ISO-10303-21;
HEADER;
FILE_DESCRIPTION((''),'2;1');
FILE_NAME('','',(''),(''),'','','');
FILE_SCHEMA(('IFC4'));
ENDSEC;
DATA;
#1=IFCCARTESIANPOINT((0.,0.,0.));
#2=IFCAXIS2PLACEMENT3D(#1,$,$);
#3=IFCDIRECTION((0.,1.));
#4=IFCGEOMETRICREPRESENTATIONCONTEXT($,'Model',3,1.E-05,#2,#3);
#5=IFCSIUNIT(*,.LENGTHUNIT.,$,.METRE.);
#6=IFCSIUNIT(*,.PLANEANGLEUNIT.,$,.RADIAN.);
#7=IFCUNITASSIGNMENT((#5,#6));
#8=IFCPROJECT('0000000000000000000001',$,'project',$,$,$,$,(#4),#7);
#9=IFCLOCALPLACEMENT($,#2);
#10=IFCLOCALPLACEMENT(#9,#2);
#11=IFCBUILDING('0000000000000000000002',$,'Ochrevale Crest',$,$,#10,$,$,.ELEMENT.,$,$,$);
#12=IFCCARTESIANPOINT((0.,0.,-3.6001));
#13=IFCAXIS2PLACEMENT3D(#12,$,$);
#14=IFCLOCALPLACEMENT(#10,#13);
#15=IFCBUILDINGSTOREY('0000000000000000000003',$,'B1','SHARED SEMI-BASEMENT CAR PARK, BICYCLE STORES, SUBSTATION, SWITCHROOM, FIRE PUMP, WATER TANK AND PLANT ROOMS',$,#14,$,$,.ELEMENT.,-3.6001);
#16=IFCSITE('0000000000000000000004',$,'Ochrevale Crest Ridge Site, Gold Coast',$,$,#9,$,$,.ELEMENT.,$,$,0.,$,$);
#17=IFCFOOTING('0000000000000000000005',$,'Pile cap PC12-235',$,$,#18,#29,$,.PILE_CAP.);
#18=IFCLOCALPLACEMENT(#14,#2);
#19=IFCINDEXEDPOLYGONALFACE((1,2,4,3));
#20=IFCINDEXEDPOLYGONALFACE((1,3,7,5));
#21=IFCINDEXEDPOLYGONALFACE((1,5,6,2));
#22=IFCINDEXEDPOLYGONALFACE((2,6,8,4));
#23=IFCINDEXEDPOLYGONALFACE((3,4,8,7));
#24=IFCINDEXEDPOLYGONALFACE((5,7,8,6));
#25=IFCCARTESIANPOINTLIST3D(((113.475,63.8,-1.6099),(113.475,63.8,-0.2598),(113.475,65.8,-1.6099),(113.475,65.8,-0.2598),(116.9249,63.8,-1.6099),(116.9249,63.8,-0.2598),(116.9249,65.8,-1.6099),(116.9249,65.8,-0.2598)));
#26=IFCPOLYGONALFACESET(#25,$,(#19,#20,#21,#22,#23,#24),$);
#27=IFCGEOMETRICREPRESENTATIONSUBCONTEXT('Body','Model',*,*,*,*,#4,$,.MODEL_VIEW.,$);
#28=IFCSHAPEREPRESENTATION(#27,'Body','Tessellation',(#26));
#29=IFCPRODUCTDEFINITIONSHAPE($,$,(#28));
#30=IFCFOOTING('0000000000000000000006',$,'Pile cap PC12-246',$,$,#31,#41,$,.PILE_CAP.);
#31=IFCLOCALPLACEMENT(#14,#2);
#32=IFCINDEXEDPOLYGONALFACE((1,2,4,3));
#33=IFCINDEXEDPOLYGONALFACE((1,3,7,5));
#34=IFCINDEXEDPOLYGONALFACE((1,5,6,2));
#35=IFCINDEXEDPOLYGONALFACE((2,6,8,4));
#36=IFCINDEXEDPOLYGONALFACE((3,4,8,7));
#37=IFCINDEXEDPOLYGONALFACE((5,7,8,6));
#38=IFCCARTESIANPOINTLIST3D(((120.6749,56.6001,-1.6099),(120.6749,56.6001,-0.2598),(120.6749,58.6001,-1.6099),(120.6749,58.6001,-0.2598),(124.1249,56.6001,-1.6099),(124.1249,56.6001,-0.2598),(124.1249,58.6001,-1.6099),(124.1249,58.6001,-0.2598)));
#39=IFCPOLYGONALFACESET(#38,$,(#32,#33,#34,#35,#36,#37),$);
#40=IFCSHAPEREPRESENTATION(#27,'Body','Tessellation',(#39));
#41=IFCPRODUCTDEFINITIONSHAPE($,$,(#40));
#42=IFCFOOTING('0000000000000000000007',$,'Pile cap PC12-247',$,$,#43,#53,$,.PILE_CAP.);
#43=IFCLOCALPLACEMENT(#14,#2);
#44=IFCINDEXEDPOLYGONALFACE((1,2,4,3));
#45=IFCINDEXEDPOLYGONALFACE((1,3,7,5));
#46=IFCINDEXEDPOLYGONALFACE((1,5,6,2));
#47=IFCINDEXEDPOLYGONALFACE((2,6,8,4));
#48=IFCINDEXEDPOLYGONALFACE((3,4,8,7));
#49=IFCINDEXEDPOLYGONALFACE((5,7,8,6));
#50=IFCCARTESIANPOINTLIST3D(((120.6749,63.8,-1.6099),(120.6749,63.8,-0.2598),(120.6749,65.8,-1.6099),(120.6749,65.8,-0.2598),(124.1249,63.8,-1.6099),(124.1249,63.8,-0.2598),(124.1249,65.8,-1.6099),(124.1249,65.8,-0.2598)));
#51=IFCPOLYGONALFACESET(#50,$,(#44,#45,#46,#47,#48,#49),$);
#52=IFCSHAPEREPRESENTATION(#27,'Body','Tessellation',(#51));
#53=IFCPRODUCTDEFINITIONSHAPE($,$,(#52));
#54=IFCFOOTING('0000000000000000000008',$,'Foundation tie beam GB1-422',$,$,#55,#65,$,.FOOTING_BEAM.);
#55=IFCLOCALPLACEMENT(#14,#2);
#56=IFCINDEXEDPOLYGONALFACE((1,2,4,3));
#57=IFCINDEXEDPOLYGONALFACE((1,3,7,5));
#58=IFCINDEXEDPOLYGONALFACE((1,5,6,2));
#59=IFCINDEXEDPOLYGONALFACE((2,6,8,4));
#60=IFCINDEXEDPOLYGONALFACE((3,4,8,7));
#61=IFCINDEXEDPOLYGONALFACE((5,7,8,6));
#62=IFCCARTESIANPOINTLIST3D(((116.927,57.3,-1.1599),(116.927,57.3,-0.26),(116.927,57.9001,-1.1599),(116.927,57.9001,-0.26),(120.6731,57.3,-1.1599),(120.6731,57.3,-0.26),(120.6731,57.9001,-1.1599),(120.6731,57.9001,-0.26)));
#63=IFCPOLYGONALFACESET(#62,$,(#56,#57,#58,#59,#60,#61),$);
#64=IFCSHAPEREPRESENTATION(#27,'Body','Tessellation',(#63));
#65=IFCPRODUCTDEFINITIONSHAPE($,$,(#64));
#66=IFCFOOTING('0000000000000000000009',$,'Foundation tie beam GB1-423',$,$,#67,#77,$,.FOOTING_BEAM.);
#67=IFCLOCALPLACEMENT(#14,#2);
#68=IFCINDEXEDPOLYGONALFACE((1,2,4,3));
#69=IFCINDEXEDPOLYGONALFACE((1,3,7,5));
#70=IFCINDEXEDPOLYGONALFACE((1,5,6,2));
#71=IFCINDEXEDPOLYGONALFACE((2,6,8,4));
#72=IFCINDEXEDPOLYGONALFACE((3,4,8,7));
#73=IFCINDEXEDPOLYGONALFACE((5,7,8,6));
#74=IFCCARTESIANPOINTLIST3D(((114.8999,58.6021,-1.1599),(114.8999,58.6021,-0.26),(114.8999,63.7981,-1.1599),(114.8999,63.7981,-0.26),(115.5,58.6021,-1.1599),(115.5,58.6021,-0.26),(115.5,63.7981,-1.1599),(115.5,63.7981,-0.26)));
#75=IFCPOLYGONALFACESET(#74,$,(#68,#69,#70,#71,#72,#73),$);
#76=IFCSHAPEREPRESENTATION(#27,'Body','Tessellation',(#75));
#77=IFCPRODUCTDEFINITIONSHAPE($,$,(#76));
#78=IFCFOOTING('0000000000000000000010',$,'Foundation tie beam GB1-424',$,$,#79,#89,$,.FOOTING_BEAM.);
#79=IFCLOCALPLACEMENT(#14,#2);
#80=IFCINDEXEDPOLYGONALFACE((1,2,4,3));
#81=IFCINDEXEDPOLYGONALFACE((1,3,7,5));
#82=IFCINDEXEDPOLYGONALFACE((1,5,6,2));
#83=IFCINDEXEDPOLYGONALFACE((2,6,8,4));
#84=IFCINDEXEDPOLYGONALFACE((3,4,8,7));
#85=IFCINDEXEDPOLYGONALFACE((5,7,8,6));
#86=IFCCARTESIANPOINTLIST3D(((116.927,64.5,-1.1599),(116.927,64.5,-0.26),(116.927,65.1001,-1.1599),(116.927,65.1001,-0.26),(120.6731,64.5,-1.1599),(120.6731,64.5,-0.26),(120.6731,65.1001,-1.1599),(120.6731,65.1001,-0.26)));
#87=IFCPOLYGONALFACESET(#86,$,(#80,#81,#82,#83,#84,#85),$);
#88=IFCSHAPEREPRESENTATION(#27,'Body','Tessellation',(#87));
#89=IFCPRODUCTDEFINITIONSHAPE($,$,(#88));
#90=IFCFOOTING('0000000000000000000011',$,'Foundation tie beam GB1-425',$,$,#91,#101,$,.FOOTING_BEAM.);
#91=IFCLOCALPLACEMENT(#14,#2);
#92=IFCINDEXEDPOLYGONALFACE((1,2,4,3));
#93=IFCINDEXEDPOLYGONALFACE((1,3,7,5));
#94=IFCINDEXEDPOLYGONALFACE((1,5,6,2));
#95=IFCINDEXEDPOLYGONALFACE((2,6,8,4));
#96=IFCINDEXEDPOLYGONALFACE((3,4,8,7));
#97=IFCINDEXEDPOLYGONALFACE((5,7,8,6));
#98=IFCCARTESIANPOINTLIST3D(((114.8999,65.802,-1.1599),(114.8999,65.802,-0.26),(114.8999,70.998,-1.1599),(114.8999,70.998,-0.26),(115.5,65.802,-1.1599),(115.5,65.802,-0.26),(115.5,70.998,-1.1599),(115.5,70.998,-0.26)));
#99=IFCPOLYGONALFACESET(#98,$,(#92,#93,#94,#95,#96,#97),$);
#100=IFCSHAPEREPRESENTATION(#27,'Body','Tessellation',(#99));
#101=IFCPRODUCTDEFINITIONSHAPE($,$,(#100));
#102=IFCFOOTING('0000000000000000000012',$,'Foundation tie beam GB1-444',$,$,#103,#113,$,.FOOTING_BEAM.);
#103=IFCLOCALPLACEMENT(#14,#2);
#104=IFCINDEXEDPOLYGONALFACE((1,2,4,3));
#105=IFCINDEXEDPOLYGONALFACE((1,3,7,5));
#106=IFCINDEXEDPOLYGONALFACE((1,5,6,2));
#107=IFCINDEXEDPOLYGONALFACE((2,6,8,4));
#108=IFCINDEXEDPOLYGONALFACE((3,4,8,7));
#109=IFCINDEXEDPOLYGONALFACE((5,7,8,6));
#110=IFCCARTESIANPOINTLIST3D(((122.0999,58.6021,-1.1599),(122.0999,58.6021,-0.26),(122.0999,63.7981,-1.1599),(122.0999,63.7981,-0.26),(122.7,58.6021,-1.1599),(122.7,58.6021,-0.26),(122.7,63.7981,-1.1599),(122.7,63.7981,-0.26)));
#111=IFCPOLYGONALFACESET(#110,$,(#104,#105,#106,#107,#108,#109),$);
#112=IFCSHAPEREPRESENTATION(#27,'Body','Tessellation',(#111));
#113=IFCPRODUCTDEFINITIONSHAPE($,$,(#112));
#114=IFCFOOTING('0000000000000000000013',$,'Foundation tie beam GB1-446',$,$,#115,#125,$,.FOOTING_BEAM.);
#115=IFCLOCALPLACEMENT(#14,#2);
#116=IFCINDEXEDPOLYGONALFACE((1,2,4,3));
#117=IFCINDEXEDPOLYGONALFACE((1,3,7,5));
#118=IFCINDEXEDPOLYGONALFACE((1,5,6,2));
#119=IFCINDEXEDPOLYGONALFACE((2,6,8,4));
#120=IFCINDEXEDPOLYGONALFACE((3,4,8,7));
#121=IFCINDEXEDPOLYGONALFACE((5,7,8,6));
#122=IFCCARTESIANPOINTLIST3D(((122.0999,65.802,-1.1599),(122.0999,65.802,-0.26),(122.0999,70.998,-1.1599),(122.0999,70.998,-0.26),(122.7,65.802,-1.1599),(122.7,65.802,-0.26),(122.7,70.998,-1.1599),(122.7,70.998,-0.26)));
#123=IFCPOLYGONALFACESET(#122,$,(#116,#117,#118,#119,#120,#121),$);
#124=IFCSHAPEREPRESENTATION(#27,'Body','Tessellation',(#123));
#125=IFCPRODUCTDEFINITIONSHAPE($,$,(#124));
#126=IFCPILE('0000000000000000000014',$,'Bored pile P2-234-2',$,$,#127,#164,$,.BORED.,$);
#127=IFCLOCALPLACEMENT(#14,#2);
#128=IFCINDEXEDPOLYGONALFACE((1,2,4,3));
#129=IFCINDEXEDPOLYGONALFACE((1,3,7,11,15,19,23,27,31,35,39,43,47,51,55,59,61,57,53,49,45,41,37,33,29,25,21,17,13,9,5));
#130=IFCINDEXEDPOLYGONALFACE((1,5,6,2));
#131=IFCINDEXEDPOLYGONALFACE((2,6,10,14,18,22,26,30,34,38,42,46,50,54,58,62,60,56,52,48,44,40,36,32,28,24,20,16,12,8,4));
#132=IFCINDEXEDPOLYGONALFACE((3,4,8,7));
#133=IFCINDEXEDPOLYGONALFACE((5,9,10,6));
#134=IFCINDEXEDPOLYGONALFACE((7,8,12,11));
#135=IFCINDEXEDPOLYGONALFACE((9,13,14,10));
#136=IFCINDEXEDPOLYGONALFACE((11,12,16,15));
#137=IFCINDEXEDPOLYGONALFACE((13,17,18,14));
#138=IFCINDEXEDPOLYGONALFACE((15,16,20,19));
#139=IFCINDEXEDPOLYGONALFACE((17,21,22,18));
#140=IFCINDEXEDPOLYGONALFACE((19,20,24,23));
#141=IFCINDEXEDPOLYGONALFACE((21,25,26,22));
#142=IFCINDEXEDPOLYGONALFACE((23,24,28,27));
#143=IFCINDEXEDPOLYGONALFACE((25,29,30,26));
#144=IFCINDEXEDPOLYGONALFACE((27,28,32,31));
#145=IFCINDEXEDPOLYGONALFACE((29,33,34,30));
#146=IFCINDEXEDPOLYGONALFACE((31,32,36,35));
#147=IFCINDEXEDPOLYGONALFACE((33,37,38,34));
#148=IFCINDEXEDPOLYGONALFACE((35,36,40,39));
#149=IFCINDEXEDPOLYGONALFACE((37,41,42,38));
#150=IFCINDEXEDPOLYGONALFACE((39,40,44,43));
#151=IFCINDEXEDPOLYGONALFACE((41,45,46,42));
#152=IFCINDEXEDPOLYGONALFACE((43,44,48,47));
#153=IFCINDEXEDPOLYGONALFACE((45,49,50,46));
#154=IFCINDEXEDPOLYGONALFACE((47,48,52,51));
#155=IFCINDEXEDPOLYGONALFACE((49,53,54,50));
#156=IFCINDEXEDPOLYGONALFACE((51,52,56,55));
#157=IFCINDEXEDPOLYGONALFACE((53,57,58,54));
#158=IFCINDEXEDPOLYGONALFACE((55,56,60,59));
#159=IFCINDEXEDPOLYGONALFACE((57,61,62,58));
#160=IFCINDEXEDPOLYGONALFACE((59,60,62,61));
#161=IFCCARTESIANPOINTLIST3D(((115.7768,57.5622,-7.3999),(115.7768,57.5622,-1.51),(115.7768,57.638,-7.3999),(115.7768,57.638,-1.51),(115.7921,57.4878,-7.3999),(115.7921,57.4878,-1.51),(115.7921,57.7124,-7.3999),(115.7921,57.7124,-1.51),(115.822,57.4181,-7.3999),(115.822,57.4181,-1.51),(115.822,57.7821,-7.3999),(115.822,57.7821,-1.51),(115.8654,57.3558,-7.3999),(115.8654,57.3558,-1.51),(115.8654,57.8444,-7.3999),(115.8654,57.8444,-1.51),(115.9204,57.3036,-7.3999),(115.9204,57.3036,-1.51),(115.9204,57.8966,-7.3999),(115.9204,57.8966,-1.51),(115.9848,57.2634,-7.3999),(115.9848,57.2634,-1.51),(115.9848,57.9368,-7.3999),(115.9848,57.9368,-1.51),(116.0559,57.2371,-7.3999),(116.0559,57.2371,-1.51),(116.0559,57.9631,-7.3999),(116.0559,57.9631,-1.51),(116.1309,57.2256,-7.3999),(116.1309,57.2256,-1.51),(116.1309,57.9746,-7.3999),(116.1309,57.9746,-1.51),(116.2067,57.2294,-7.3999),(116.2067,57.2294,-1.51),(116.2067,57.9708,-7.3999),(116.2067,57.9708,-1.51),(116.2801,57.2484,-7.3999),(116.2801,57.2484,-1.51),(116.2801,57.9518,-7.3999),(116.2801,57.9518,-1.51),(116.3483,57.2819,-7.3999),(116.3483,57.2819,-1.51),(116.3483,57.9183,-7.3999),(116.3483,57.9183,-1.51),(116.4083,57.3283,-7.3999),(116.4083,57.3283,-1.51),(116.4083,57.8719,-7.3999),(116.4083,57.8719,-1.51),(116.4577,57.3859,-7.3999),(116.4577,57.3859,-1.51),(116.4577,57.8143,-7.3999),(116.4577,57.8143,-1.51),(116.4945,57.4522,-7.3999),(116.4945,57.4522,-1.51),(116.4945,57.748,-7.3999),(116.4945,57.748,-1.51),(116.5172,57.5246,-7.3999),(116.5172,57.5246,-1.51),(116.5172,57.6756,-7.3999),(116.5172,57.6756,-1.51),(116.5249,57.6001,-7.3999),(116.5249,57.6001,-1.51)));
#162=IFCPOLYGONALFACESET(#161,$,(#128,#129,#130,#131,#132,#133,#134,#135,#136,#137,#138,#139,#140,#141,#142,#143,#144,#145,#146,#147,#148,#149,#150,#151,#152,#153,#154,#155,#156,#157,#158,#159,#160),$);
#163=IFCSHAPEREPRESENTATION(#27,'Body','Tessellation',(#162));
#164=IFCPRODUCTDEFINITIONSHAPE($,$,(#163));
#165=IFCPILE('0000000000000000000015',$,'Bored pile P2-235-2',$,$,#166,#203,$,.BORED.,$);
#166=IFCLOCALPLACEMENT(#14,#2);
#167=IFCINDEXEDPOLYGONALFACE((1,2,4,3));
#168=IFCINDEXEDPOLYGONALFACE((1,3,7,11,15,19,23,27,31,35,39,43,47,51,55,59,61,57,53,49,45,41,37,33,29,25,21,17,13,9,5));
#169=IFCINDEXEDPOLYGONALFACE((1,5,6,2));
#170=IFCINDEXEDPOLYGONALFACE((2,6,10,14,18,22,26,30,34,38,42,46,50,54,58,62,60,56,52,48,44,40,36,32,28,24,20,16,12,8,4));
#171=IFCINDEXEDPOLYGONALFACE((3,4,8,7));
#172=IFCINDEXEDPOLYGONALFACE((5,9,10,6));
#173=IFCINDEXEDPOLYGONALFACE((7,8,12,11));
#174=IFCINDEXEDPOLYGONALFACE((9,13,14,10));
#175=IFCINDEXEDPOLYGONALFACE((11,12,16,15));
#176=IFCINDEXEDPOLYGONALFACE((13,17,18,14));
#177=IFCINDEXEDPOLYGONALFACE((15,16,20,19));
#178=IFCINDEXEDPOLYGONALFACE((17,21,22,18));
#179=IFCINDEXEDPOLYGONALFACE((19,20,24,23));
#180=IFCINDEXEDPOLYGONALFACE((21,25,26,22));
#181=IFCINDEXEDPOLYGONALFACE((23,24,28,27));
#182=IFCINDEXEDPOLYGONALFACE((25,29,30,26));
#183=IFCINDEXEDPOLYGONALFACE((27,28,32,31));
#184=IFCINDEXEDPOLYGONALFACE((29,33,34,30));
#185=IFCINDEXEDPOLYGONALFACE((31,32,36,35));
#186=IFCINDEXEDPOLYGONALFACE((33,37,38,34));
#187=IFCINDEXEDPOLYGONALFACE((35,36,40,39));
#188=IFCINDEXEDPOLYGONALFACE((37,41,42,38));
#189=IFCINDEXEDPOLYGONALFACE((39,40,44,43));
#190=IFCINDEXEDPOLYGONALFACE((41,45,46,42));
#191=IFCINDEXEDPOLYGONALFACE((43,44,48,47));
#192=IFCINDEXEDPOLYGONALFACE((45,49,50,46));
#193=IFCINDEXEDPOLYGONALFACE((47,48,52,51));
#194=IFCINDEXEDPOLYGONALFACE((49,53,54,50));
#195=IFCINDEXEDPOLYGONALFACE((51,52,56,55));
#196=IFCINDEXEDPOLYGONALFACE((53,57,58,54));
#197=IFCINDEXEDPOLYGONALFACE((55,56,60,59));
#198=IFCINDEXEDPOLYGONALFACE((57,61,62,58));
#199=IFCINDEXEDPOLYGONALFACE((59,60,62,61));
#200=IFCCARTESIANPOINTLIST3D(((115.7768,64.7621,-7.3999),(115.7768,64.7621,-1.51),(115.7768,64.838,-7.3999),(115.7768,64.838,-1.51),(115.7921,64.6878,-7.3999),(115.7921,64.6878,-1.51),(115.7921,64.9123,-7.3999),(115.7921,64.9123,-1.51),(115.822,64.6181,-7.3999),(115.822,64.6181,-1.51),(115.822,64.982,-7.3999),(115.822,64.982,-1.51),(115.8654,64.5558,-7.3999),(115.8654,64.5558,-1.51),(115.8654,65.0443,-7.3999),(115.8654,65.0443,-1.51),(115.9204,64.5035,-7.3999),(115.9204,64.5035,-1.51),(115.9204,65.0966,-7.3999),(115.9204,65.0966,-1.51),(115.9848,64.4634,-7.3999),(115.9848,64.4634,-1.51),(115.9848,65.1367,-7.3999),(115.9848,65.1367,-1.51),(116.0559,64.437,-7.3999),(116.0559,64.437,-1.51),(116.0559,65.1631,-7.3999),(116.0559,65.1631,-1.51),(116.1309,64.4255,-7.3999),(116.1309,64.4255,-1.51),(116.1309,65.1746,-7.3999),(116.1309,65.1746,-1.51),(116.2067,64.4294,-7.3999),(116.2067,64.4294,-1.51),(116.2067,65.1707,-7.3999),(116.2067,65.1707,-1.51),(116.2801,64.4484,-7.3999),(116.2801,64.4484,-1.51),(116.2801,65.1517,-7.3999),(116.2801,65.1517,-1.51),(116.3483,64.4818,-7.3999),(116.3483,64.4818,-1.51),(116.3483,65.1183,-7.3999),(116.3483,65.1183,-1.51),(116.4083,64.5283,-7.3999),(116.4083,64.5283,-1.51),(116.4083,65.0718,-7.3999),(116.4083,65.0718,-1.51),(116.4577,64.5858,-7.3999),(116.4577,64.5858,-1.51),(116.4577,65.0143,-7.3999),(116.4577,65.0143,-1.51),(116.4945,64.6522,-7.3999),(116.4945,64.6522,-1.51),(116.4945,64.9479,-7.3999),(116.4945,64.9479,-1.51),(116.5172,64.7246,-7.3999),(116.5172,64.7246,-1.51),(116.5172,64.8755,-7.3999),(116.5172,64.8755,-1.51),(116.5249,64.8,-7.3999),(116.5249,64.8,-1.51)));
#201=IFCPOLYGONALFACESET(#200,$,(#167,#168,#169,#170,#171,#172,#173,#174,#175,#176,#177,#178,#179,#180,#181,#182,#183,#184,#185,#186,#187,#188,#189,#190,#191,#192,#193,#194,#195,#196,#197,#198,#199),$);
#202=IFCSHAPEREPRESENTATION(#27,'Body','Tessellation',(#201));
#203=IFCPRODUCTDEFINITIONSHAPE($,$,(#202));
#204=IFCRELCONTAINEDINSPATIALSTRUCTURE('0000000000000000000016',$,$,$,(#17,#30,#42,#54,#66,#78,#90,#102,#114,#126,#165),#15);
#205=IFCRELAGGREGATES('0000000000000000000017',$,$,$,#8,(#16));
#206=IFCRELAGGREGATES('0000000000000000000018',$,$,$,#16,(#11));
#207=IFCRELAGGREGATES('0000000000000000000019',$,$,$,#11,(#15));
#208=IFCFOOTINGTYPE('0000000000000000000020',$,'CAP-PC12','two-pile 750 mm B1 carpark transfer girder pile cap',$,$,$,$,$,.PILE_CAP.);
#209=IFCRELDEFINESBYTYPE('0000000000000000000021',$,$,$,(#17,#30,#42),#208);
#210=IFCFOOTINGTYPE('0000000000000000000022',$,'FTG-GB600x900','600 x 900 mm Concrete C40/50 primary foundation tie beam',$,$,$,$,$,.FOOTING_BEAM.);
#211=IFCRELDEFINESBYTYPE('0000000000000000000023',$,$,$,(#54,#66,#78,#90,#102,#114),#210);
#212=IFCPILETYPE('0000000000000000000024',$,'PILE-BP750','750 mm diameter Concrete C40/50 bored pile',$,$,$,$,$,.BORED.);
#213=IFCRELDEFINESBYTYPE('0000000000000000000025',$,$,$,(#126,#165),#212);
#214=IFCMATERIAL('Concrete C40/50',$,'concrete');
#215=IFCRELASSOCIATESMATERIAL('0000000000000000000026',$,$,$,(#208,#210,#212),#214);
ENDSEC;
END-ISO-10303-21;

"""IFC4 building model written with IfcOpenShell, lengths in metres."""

from ifc_helpers import new_model, si_unit, direction, frame, origin, origin_2d, place, context, subcontext, project, spatial, rectangle, circle, extrude, material, material_profile, profile_set, type_object, element, save


model = new_model("IFC4")

# Units and contexts
model_context = context("Model", 3, precision=1e-05, world=origin(), true_north=direction((0.0, 1.0)))
body_context = subcontext(model_context, "Body", "Model", "MODEL_VIEW")
ifc_project = project(units=[si_unit("LENGTHUNIT", "METRE"), si_unit("PLANEANGLEUNIT", "RADIAN")], contexts=[model_context])

# Site, building, storey
site_placement = place(None, origin())
site = spatial("IfcSite", under=ifc_project, at=site_placement, Name="Ochrevale Crest Ridge Site, Gold Coast", CompositionType="ELEMENT", RefElevation=0.0)
building_placement = place(site_placement, origin())
building = spatial("IfcBuilding", under=site, at=building_placement, Name="Ochrevale Crest", CompositionType="ELEMENT")
storey_placement = place(building_placement, frame((0.0, 0.0, -3.6001)))
storey = spatial("IfcBuildingStorey", under=building, at=storey_placement, Name="B1", Description="SHARED SEMI-BASEMENT CAR PARK, BICYCLE STORES, SUBSTATION, SWITCHROOM, FIRE PUMP, WATER TANK AND PLANT ROOMS", CompositionType="ELEMENT", Elevation=-3.6001)

# Footings
ifc_material_1 = material(Name="Concrete C40/50", Category="concrete")
footing_type_1 = type_object("IfcFootingType", Name="CAP-PC12", Description="two-pile 750 mm B1 carpark transfer girder pile cap", PredefinedType="PILE_CAP", material=ifc_material_1)
for number, where, z_axis, x_axis, name in (
    (1, (115.2, 64.8, -1.6099), (0.0, 0.0, 1.0), (1.0, 0.0, 0.0), "Pile cap PC12-235"),
    (2, (122.3999, 57.6001, -1.6099), (0.0, 0.0, 1.0), (1.0, 0.0, 0.0), "Pile cap PC12-246"),
    (3, (122.3999, 64.8, -1.6099), (0.0, 0.0, 1.0), (1.0, 0.0, 0.0), "Pile cap PC12-247"),
):
    element("IfcFooting", number, at=place(storey_placement, frame(where, z_axis=z_axis, x_axis=x_axis)), inside=storey, type_object=footing_type_1, Name=name, PredefinedType="PILE_CAP", context=body_context, shape_type="SweptSolid", body=[
        extrude(rectangle(XDim=3.45, YDim=2.0, at=origin_2d()), origin(), (0.0, 0.0, 1.0), 1.3501),
    ])
ifc_material_profile_1 = material_profile(ifc_material_1, rectangle(XDim=0.6001, YDim=0.8999, at=origin_2d()), Name="GB 600x900")
ifc_profile_set_1 = profile_set([ifc_material_profile_1], Name="Concrete C40/50")
footing_type_2 = type_object("IfcFootingType", Name="FTG-GB600x900", Description="600 x 900 mm Concrete C40/50 primary foundation tie beam", PredefinedType="FOOTING_BEAM", material=ifc_profile_set_1)
footing_1_placement = place(storey_placement, frame((116.927, 57.6001, -0.71), z_axis=(1.0, 0.0, 0.0), x_axis=(0.0, 1.0, 0.0)))
element("IfcFooting", 4, at=footing_1_placement, inside=storey, type_object=footing_type_2, Name="Foundation tie beam GB1-422", PredefinedType="FOOTING_BEAM", context=body_context, shape_type="SweptSolid", body=[
    extrude(rectangle(XDim=0.6001, YDim=0.8999, at=origin_2d()), origin(), (0.0, 0.0, 1.0), 3.7461),
])
footing_2_placement = place(storey_placement, frame((115.2, 58.6021, -0.71), z_axis=(0.0, 1.0, 0.0), x_axis=(-1.0, 0.0, 0.0)))
element("IfcFooting", 5, at=footing_2_placement, inside=storey, type_object=footing_type_2, Name="Foundation tie beam GB1-423", PredefinedType="FOOTING_BEAM", context=body_context, shape_type="SweptSolid", body=[
    extrude(rectangle(XDim=0.6001, YDim=0.8999, at=origin_2d()), origin(), (0.0, 0.0, 1.0), 5.196),
])
footing_3_placement = place(storey_placement, frame((116.927, 64.8, -0.71), z_axis=(1.0, 0.0, 0.0), x_axis=(0.0, 1.0, 0.0)))
element("IfcFooting", 6, at=footing_3_placement, inside=storey, type_object=footing_type_2, Name="Foundation tie beam GB1-424", PredefinedType="FOOTING_BEAM", context=body_context, shape_type="SweptSolid", body=[
    extrude(rectangle(XDim=0.6001, YDim=0.8999, at=origin_2d()), origin(), (0.0, 0.0, 1.0), 3.7461),
])
for number, where, z_axis, x_axis, name in (
    (7, (115.2, 65.802, -0.71), (0.0, 1.0, 0.0), (-1.0, 0.0, 0.0), "Foundation tie beam GB1-425"),
    (8, (122.3999, 58.6021, -0.71), (0.0, 1.0, 0.0), (-1.0, 0.0, 0.0), "Foundation tie beam GB1-444"),
    (9, (122.3999, 65.802, -0.71), (0.0, 1.0, 0.0), (-1.0, 0.0, 0.0), "Foundation tie beam GB1-446"),
):
    element("IfcFooting", number, at=place(storey_placement, frame(where, z_axis=z_axis, x_axis=x_axis)), inside=storey, type_object=footing_type_2, Name=name, PredefinedType="FOOTING_BEAM", context=body_context, shape_type="SweptSolid", body=[
        extrude(rectangle(XDim=0.6001, YDim=0.8999, at=origin_2d()), origin(), (0.0, 0.0, 1.0), 5.196),
    ])

# Piles
ifc_material_profile_2 = material_profile(ifc_material_1, circle(Radius=0.375, at=origin_2d()), Name="BORED PILE 750")
ifc_profile_set_2 = profile_set([ifc_material_profile_2], Name="Concrete C40/50")
pile_type = type_object("IfcPileType", Name="PILE-BP750", Description="750 mm diameter Concrete C40/50 bored pile", PredefinedType="BORED", material=ifc_profile_set_2)
for number, where, z_axis, x_axis, name in (
    (10, (116.1499, 57.6001, -1.51), (0.0, 0.0, -1.0), (1.0, 0.0, 0.0), "Bored pile P2-234-2"),
    (11, (116.1499, 64.8, -1.51), (0.0, 0.0, -1.0), (1.0, 0.0, 0.0), "Bored pile P2-235-2"),
):
    element("IfcPile", number, at=place(storey_placement, frame(where, z_axis=z_axis, x_axis=x_axis)), inside=storey, type_object=pile_type, Name=name, PredefinedType="BORED", context=body_context, shape_type="SweptSolid", body=[
        extrude(circle(Radius=0.375, at=origin_2d()), origin(), (0.0, 0.0, 1.0), 5.8899),
    ])

save(model, "model.ifc")
